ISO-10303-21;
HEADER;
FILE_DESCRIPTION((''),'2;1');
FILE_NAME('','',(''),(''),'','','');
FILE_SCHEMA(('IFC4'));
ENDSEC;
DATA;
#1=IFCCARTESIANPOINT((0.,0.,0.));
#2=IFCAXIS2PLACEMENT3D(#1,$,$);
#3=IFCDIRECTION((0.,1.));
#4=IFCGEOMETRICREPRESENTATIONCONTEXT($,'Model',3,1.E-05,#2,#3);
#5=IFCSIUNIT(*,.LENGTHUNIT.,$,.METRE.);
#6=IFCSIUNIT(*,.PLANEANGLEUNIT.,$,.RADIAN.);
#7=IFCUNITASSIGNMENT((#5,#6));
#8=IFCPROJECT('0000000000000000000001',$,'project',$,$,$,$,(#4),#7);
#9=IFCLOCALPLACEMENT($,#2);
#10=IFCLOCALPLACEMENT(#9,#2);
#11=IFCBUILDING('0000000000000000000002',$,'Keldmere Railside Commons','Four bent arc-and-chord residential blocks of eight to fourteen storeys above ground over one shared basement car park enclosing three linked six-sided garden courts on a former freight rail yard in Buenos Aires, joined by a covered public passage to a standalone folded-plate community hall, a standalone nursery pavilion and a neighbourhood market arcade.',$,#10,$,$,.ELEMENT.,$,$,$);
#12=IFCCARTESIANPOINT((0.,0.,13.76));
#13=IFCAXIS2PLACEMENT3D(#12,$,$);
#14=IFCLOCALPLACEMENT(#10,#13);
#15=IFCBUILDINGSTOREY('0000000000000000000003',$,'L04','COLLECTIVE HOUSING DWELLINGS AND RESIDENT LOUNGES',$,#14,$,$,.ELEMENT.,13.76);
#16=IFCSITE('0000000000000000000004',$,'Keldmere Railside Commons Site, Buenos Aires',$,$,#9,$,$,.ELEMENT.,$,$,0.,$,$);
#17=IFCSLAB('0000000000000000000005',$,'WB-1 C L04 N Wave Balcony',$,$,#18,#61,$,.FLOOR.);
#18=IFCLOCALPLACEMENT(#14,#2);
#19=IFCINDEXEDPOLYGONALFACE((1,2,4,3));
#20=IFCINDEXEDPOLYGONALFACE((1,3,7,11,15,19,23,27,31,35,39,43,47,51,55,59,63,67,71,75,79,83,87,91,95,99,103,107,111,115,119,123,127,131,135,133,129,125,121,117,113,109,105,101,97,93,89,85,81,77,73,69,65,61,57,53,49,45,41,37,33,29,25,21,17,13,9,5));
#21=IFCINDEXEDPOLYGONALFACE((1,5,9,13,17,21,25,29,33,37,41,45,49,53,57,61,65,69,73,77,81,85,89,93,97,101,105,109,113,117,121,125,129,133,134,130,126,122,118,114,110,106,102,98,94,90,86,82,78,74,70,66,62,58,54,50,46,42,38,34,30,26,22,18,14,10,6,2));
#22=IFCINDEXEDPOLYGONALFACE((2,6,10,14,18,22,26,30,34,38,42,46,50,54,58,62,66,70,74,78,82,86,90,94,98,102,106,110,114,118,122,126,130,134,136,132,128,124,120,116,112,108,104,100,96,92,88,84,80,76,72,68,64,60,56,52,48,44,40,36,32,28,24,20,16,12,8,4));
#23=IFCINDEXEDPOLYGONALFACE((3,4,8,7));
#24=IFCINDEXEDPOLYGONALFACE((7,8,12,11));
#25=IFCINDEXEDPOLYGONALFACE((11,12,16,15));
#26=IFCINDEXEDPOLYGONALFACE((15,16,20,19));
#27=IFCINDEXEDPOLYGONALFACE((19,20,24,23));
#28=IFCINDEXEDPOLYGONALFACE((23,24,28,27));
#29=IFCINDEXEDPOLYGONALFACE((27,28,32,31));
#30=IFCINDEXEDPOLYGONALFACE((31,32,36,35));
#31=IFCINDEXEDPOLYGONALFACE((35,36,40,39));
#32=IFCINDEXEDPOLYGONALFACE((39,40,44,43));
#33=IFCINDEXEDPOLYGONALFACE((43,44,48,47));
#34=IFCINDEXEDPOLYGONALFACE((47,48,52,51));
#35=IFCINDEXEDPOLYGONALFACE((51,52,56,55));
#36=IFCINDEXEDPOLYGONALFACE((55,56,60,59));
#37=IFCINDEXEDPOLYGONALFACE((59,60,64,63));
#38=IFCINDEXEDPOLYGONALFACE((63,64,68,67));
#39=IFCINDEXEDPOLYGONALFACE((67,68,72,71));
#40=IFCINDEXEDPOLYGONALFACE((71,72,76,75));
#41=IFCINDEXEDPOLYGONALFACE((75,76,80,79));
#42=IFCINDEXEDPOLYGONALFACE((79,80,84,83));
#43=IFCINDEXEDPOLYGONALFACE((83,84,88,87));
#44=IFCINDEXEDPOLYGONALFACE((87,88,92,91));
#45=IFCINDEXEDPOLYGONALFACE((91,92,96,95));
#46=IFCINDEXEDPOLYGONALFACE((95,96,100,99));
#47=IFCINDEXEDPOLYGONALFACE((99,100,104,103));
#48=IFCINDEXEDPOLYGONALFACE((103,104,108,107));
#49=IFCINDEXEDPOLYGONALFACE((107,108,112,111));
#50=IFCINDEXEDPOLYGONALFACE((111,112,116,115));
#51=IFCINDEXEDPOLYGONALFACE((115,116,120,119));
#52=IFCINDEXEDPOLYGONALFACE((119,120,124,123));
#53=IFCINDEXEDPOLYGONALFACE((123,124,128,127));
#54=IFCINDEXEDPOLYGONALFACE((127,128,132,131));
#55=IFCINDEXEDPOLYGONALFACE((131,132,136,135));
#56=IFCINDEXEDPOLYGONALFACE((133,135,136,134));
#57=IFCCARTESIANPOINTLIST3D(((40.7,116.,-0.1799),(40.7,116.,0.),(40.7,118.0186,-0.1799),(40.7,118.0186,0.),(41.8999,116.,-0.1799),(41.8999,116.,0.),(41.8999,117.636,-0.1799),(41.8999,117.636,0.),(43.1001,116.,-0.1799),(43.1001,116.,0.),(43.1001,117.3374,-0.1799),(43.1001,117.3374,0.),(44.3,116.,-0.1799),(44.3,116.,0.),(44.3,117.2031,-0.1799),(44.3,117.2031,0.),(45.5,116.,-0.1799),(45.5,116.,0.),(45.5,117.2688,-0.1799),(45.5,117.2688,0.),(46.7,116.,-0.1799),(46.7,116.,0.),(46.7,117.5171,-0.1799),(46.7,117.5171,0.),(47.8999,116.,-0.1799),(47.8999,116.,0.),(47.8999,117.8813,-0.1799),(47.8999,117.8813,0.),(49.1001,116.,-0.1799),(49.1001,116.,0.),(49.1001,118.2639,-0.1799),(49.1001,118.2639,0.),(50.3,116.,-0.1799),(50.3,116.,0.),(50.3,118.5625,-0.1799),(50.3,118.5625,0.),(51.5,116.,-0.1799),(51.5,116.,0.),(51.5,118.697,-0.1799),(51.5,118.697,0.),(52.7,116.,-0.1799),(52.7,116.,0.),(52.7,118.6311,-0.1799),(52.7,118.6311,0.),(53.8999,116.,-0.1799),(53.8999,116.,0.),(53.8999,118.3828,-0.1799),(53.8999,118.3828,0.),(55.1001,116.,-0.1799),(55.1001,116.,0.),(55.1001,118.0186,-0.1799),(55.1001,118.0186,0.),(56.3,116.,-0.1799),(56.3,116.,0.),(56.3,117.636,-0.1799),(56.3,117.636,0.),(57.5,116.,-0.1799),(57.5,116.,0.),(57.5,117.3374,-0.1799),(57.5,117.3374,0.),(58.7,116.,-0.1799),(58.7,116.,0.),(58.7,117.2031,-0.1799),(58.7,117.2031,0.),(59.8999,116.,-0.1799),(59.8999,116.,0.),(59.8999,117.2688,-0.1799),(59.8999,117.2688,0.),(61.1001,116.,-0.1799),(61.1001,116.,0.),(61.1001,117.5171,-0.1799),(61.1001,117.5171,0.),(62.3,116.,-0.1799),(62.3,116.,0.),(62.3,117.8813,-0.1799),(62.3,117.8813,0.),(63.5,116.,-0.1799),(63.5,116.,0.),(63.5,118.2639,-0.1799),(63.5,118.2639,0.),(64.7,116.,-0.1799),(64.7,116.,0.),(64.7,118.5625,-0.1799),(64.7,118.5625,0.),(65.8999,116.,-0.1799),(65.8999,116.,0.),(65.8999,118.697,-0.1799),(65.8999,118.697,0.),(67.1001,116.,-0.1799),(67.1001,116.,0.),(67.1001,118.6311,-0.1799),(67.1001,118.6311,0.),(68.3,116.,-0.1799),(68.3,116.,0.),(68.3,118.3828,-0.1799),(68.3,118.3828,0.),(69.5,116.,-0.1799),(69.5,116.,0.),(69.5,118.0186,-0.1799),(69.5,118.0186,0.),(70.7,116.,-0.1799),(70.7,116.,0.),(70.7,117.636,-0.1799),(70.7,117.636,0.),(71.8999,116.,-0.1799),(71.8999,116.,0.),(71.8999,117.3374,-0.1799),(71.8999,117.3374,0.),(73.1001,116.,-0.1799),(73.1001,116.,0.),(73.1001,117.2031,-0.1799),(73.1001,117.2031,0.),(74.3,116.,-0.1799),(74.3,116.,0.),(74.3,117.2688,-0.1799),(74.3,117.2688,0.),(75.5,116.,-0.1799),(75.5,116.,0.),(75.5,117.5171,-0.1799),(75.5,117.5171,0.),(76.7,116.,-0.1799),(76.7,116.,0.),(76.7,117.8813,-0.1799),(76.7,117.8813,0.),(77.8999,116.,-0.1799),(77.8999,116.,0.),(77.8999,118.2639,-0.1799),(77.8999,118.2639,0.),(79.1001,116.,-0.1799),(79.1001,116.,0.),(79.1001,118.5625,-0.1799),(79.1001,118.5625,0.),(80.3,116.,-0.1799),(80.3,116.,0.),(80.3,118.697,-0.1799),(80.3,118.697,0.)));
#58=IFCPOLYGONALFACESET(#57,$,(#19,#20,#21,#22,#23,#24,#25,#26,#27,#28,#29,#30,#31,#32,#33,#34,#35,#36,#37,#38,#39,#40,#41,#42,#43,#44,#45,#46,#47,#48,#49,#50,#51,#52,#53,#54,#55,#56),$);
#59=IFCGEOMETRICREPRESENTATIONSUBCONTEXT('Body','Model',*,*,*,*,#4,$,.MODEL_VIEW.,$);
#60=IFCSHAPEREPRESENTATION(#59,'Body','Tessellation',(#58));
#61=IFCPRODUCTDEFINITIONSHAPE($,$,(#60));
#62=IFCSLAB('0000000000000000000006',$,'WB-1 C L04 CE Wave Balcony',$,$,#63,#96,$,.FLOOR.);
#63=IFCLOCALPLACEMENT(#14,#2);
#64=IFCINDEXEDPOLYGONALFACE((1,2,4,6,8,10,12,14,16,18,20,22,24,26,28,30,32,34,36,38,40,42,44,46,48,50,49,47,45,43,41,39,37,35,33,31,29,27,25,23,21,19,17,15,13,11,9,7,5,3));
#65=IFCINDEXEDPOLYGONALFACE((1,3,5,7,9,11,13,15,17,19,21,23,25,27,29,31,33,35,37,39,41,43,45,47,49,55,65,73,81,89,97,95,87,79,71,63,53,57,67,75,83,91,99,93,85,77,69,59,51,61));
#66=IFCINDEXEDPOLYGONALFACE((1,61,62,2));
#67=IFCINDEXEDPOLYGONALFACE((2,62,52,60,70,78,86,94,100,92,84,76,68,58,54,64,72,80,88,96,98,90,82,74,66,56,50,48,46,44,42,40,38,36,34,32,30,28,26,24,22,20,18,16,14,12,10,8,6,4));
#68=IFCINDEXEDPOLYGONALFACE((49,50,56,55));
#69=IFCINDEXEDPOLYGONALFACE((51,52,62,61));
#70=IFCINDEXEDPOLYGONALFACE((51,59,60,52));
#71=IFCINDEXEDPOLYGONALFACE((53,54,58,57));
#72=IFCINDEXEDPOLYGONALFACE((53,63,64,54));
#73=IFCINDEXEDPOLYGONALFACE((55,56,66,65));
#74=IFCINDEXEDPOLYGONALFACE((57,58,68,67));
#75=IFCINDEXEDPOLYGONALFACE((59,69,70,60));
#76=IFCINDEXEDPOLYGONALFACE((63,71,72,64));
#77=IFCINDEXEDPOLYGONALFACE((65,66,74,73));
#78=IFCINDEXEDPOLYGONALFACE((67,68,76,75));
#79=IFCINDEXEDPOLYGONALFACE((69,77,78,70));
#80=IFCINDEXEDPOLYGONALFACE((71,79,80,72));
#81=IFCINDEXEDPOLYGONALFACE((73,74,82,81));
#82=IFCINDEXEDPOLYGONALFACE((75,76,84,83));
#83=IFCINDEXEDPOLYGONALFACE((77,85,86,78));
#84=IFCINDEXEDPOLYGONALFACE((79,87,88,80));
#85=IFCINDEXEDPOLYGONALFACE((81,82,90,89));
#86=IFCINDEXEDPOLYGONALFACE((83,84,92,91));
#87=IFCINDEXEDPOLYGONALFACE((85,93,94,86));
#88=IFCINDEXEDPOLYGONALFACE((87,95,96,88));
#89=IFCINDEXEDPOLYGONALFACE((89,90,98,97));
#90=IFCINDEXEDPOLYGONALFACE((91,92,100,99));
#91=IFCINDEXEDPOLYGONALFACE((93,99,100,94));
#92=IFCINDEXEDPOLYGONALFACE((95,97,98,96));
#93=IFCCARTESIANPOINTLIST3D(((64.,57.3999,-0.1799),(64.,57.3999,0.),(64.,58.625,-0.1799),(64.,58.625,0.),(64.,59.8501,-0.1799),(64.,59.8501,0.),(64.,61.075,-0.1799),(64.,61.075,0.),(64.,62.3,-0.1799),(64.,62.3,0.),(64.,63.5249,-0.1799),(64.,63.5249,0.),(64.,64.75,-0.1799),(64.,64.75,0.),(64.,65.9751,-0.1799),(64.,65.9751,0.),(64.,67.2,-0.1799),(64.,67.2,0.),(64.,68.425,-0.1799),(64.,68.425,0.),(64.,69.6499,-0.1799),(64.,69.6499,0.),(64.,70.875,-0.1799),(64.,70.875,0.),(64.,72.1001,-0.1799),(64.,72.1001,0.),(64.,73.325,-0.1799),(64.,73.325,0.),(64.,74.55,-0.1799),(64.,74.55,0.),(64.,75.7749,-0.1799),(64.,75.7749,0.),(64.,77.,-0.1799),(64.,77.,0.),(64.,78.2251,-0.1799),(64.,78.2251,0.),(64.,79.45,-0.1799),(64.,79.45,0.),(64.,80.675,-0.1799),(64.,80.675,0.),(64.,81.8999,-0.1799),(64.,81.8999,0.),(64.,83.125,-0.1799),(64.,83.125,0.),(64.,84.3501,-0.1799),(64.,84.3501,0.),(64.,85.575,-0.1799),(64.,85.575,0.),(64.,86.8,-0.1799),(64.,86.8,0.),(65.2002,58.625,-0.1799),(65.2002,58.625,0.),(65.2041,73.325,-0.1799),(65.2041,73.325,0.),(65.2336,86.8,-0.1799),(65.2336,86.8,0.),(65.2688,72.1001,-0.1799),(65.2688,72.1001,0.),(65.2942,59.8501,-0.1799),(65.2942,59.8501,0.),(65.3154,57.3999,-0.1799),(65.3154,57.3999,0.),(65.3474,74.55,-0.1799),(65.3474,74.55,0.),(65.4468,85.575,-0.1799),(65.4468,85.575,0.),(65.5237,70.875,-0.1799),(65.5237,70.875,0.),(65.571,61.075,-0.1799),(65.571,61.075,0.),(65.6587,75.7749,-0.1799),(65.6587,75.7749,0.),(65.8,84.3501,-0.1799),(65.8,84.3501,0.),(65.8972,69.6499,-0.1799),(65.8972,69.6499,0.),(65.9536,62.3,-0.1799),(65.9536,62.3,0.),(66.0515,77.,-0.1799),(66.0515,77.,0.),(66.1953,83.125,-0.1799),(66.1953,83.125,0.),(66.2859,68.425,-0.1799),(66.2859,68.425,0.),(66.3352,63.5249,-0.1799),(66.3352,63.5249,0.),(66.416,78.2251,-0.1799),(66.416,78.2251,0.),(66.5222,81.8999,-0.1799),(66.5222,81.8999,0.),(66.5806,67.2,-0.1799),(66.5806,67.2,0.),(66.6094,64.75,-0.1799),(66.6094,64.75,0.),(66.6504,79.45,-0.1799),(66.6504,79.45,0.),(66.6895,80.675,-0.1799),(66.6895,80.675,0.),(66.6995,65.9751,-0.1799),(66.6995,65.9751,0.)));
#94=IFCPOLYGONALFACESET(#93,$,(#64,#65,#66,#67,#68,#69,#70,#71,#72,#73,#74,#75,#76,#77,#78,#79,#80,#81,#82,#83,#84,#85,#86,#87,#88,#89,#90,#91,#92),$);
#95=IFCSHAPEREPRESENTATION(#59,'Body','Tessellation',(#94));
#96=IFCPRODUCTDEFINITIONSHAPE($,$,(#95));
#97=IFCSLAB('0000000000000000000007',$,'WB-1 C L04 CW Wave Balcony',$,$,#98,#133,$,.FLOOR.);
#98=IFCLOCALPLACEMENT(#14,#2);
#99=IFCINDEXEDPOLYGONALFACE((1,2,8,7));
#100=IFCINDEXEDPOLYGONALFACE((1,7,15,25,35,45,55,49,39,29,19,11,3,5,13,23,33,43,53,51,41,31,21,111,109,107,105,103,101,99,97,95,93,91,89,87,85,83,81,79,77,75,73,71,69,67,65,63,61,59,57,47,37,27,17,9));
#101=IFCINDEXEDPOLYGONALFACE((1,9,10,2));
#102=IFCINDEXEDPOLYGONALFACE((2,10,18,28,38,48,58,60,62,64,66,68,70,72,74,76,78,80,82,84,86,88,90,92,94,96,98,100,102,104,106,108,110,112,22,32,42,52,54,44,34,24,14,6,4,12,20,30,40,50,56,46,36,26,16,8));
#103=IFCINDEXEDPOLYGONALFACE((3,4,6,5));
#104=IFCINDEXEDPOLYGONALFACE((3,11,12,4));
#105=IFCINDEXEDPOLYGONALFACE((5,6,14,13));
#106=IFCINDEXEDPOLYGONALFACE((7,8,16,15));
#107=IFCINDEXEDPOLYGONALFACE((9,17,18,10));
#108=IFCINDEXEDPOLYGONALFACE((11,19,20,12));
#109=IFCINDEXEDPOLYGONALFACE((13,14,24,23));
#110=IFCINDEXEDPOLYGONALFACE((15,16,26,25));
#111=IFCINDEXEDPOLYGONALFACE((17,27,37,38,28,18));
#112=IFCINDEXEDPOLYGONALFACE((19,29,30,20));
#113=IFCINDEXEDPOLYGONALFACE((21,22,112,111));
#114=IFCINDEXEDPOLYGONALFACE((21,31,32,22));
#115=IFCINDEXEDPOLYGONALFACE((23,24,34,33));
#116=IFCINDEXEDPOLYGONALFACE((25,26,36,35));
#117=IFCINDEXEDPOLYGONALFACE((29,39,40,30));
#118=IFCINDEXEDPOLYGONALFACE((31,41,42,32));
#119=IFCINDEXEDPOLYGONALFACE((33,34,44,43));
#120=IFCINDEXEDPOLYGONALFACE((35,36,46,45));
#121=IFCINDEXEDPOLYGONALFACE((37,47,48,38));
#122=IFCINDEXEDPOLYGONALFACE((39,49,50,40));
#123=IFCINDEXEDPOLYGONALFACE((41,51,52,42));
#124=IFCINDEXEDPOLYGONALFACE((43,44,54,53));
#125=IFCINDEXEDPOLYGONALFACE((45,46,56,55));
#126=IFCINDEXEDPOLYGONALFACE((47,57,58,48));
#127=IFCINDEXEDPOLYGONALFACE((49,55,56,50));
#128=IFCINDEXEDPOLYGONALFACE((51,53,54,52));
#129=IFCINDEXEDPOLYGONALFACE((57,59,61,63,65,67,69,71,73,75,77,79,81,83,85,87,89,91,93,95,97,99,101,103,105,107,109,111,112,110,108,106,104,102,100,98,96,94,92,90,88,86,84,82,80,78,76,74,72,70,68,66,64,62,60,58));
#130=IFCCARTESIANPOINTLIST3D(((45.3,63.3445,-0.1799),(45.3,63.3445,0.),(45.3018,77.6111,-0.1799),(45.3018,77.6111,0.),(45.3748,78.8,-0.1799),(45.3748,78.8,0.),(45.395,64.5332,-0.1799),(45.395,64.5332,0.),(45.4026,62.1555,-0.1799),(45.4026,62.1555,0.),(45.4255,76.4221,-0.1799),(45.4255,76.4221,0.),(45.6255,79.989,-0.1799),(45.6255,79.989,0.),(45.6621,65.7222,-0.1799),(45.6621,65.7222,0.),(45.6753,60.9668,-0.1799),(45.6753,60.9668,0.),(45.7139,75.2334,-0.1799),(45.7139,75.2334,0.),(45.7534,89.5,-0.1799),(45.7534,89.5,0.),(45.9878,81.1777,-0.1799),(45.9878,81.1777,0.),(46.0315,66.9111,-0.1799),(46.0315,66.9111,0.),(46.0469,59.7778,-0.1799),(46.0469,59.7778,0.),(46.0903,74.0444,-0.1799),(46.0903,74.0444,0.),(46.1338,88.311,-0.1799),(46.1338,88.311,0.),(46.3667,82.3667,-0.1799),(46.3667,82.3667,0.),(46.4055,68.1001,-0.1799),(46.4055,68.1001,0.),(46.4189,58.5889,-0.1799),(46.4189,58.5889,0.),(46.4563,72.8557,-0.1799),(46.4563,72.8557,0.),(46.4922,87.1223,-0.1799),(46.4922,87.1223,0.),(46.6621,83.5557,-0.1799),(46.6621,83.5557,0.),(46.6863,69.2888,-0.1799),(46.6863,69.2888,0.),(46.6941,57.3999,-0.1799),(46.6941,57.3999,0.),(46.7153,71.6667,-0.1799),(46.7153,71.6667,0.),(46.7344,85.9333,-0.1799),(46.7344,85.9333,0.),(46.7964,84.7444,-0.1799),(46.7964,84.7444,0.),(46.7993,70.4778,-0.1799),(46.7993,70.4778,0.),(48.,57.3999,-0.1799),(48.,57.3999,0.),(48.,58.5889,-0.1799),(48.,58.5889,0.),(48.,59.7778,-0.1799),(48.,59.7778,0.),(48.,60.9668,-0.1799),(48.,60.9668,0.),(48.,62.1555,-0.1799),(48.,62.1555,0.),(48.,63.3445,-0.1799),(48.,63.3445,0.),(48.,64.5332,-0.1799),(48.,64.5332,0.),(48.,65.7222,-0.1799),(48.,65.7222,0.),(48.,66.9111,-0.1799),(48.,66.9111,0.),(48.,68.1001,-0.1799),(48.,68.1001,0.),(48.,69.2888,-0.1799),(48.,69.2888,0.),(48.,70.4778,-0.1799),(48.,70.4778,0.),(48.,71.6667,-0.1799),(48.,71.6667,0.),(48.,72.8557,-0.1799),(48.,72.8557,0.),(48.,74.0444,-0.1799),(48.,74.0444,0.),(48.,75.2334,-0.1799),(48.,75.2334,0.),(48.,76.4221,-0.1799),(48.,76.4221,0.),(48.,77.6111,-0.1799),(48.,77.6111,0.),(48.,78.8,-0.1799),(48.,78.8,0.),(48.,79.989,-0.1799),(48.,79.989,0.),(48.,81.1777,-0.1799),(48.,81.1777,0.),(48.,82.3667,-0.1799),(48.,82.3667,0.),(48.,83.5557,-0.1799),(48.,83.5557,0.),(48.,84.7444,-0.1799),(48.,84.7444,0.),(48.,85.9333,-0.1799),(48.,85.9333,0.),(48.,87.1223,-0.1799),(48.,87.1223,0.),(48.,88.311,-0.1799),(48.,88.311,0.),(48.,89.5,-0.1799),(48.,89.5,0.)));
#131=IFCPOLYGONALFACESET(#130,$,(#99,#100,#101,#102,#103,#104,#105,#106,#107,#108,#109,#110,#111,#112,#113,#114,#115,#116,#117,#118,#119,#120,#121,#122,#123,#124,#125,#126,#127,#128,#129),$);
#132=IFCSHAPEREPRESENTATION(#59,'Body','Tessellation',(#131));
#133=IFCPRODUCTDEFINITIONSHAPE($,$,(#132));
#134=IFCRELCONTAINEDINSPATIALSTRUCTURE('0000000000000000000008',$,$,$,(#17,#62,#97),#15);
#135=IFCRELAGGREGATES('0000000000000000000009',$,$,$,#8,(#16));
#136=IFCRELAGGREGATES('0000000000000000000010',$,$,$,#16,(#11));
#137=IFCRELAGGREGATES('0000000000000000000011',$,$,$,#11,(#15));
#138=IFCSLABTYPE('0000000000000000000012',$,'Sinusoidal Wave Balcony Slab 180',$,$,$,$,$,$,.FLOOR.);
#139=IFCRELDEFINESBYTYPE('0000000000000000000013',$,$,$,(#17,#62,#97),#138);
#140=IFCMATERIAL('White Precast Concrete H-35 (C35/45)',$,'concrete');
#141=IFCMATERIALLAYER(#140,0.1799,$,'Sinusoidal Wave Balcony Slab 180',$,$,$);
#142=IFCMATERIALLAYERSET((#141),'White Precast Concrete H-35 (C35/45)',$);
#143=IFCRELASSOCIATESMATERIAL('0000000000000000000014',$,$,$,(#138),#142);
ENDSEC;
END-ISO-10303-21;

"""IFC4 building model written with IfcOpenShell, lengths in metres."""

from ifc_helpers import new_model, si_unit, direction, frame, origin, place, context, subcontext, project, spatial, polyline, outline, extrude, material, layer, layer_set, type_object, element, save


model = new_model("IFC4")

# Units and contexts
model_context = context("Model", 3, precision=1e-05, world=origin(), true_north=direction((0.0, 1.0)))
body_context = subcontext(model_context, "Body", "Model", "MODEL_VIEW")
ifc_project = project(units=[si_unit("LENGTHUNIT", "METRE"), si_unit("PLANEANGLEUNIT", "RADIAN")], contexts=[model_context])

# Site, building, storey
site_placement = place(None, origin())
site = spatial("IfcSite", under=ifc_project, at=site_placement, Name="Keldmere Railside Commons Site, Buenos Aires", CompositionType="ELEMENT", RefElevation=0.0)
building_placement = place(site_placement, origin())
building = spatial("IfcBuilding", under=site, at=building_placement, Name="Keldmere Railside Commons", Description="Four bent arc-and-chord residential blocks of eight to fourteen storeys above ground over one shared basement car park enclosing three linked six-sided garden courts on a former freight rail yard in Buenos Aires, joined by a covered public passage to a standalone folded-plate community hall, a standalone nursery pavilion and a neighbourhood market arcade.", CompositionType="ELEMENT")
storey_placement = place(building_placement, frame((0.0, 0.0, 13.76)))
storey = spatial("IfcBuildingStorey", under=building, at=storey_placement, Name="L04", Description="COLLECTIVE HOUSING DWELLINGS AND RESIDENT LOUNGES", CompositionType="ELEMENT", Elevation=13.76)

# Slabs
ifc_material_1 = material(Name="White Precast Concrete H-35 (C35/45)", Category="concrete")
ifc_layer_1 = layer(ifc_material_1, 0.1799, Name="Sinusoidal Wave Balcony Slab 180")
ifc_layer_set_1 = layer_set([ifc_layer_1], Name="White Precast Concrete H-35 (C35/45)")
slab_type_1 = type_object("IfcSlabType", Name="Sinusoidal Wave Balcony Slab 180", PredefinedType="FLOOR", material=ifc_layer_set_1)
slab_1_placement = place(storey_placement, frame((0.0, 0.0, -0.1799)))
element("IfcSlab", 1, at=slab_1_placement, inside=storey, type_object=slab_type_1, Name="WB-1 C L04 N Wave Balcony", PredefinedType="FLOOR", context=body_context, shape_type="SweptSolid", body=[
    extrude(outline(polyline([(40.7, 116.0), (41.8999, 116.0), (43.1001, 116.0), (44.3, 116.0), (45.5, 116.0), (46.7, 116.0), (47.8999, 116.0), (49.1001, 116.0), (50.3, 116.0), (51.5, 116.0), (52.7, 116.0), (53.8999, 116.0), (55.1001, 116.0), (56.3, 116.0), (57.5, 116.0), (58.7, 116.0), (59.8999, 116.0), (61.1001, 116.0), (62.3, 116.0), (63.5, 116.0), (64.7, 116.0), (65.8999, 116.0), (67.1001, 116.0), (68.3, 116.0), (69.5, 116.0), (70.7, 116.0), (71.8999, 116.0), (73.1001, 116.0), (74.3, 116.0), (75.5, 116.0), (76.7, 116.0), (77.8999, 116.0), (79.1001, 116.0), (80.3, 116.0), (80.3, 118.697), (79.1001, 118.5625), (77.8999, 118.2639), (76.7, 117.8813), (75.5, 117.5171), (74.3, 117.2688), (73.1001, 117.2031), (71.8999, 117.3374), (70.7, 117.636), (69.5, 118.0186), (68.3, 118.3828), (67.1001, 118.6311), (65.8999, 118.697), (64.7, 118.5625), (63.5, 118.2639), (62.3, 117.8813), (61.1001, 117.5171), (59.8999, 117.2688), (58.7, 117.2031), (57.5, 117.3374), (56.3, 117.636), (55.1001, 118.0186), (53.8999, 118.3828), (52.7, 118.6311), (51.5, 118.697), (50.3, 118.5625), (49.1001, 118.2639), (47.8999, 117.8813), (46.7, 117.5171), (45.5, 117.2688), (44.3, 117.2031), (43.1001, 117.3374), (41.8999, 117.636), (40.7, 118.0186), (40.7, 116.0)])), origin(), (0.0, 0.0, 1.0), 0.1799),
])
slab_2_placement = place(storey_placement, frame((0.0, 0.0, -0.1799)))
element("IfcSlab", 2, at=slab_2_placement, inside=storey, type_object=slab_type_1, Name="WB-1 C L04 CE Wave Balcony", PredefinedType="FLOOR", context=body_context, shape_type="SweptSolid", body=[
    extrude(outline(polyline([(65.3154, 57.3999), (65.2002, 58.625), (65.2942, 59.8501), (65.571, 61.075), (65.9536, 62.3), (66.3352, 63.5249), (66.6094, 64.75), (66.6995, 65.9751), (66.5806, 67.2), (66.2859, 68.425), (65.8972, 69.6499), (65.5237, 70.875), (65.2688, 72.1001), (65.2041, 73.325), (65.3474, 74.55), (65.6587, 75.7749), (66.0515, 77.0), (66.416, 78.2251), (66.6504, 79.45), (66.6895, 80.675), (66.5222, 81.8999), (66.1953, 83.125), (65.8, 84.3501), (65.4468, 85.575), (65.2336, 86.8), (64.0, 86.8), (64.0, 85.575), (64.0, 84.3501), (64.0, 83.125), (64.0, 81.8999), (64.0, 80.675), (64.0, 79.45), (64.0, 78.2251), (64.0, 77.0), (64.0, 75.7749), (64.0, 74.55), (64.0, 73.325), (64.0, 72.1001), (64.0, 70.875), (64.0, 69.6499), (64.0, 68.425), (64.0, 67.2), (64.0, 65.9751), (64.0, 64.75), (64.0, 63.5249), (64.0, 62.3), (64.0, 61.075), (64.0, 59.8501), (64.0, 58.625), (64.0, 57.3999), (65.3154, 57.3999)])), origin(), (0.0, 0.0, 1.0), 0.1799),
])
slab_3_placement = place(storey_placement, frame((0.0, 0.0, -0.1799)))
element("IfcSlab", 3, at=slab_3_placement, inside=storey, type_object=slab_type_1, Name="WB-1 C L04 CW Wave Balcony", PredefinedType="FLOOR", context=body_context, shape_type="SweptSolid", body=[
    extrude(outline(polyline([(48.0, 57.3999), (48.0, 58.5889), (48.0, 59.7778), (48.0, 60.9668), (48.0, 62.1555), (48.0, 63.3445), (48.0, 64.5332), (48.0, 65.7222), (48.0, 66.9111), (48.0, 68.1001), (48.0, 69.2888), (48.0, 70.4778), (48.0, 71.6667), (48.0, 72.8557), (48.0, 74.0444), (48.0, 75.2334), (48.0, 76.4221), (48.0, 77.6111), (48.0, 78.8), (48.0, 79.989), (48.0, 81.1777), (48.0, 82.3667), (48.0, 83.5557), (48.0, 84.7444), (48.0, 85.9333), (48.0, 87.1223), (48.0, 88.311), (48.0, 89.5), (45.7534, 89.5), (46.1338, 88.311), (46.4922, 87.1223), (46.7344, 85.9333), (46.7964, 84.7444), (46.6621, 83.5557), (46.3667, 82.3667), (45.9878, 81.1777), (45.6255, 79.989), (45.3748, 78.8), (45.3018, 77.6111), (45.4255, 76.4221), (45.7139, 75.2334), (46.0903, 74.0444), (46.4563, 72.8557), (46.7153, 71.6667), (46.7993, 70.4778), (46.6863, 69.2888), (46.4055, 68.1001), (46.0315, 66.9111), (45.6621, 65.7222), (45.395, 64.5332), (45.3, 63.3445), (45.4026, 62.1555), (45.6753, 60.9668), (46.0469, 59.7778), (46.4189, 58.5889), (46.6941, 57.3999), (48.0, 57.3999)])), origin(), (0.0, 0.0, 1.0), 0.1799),
])

save(model, "model.ifc")
